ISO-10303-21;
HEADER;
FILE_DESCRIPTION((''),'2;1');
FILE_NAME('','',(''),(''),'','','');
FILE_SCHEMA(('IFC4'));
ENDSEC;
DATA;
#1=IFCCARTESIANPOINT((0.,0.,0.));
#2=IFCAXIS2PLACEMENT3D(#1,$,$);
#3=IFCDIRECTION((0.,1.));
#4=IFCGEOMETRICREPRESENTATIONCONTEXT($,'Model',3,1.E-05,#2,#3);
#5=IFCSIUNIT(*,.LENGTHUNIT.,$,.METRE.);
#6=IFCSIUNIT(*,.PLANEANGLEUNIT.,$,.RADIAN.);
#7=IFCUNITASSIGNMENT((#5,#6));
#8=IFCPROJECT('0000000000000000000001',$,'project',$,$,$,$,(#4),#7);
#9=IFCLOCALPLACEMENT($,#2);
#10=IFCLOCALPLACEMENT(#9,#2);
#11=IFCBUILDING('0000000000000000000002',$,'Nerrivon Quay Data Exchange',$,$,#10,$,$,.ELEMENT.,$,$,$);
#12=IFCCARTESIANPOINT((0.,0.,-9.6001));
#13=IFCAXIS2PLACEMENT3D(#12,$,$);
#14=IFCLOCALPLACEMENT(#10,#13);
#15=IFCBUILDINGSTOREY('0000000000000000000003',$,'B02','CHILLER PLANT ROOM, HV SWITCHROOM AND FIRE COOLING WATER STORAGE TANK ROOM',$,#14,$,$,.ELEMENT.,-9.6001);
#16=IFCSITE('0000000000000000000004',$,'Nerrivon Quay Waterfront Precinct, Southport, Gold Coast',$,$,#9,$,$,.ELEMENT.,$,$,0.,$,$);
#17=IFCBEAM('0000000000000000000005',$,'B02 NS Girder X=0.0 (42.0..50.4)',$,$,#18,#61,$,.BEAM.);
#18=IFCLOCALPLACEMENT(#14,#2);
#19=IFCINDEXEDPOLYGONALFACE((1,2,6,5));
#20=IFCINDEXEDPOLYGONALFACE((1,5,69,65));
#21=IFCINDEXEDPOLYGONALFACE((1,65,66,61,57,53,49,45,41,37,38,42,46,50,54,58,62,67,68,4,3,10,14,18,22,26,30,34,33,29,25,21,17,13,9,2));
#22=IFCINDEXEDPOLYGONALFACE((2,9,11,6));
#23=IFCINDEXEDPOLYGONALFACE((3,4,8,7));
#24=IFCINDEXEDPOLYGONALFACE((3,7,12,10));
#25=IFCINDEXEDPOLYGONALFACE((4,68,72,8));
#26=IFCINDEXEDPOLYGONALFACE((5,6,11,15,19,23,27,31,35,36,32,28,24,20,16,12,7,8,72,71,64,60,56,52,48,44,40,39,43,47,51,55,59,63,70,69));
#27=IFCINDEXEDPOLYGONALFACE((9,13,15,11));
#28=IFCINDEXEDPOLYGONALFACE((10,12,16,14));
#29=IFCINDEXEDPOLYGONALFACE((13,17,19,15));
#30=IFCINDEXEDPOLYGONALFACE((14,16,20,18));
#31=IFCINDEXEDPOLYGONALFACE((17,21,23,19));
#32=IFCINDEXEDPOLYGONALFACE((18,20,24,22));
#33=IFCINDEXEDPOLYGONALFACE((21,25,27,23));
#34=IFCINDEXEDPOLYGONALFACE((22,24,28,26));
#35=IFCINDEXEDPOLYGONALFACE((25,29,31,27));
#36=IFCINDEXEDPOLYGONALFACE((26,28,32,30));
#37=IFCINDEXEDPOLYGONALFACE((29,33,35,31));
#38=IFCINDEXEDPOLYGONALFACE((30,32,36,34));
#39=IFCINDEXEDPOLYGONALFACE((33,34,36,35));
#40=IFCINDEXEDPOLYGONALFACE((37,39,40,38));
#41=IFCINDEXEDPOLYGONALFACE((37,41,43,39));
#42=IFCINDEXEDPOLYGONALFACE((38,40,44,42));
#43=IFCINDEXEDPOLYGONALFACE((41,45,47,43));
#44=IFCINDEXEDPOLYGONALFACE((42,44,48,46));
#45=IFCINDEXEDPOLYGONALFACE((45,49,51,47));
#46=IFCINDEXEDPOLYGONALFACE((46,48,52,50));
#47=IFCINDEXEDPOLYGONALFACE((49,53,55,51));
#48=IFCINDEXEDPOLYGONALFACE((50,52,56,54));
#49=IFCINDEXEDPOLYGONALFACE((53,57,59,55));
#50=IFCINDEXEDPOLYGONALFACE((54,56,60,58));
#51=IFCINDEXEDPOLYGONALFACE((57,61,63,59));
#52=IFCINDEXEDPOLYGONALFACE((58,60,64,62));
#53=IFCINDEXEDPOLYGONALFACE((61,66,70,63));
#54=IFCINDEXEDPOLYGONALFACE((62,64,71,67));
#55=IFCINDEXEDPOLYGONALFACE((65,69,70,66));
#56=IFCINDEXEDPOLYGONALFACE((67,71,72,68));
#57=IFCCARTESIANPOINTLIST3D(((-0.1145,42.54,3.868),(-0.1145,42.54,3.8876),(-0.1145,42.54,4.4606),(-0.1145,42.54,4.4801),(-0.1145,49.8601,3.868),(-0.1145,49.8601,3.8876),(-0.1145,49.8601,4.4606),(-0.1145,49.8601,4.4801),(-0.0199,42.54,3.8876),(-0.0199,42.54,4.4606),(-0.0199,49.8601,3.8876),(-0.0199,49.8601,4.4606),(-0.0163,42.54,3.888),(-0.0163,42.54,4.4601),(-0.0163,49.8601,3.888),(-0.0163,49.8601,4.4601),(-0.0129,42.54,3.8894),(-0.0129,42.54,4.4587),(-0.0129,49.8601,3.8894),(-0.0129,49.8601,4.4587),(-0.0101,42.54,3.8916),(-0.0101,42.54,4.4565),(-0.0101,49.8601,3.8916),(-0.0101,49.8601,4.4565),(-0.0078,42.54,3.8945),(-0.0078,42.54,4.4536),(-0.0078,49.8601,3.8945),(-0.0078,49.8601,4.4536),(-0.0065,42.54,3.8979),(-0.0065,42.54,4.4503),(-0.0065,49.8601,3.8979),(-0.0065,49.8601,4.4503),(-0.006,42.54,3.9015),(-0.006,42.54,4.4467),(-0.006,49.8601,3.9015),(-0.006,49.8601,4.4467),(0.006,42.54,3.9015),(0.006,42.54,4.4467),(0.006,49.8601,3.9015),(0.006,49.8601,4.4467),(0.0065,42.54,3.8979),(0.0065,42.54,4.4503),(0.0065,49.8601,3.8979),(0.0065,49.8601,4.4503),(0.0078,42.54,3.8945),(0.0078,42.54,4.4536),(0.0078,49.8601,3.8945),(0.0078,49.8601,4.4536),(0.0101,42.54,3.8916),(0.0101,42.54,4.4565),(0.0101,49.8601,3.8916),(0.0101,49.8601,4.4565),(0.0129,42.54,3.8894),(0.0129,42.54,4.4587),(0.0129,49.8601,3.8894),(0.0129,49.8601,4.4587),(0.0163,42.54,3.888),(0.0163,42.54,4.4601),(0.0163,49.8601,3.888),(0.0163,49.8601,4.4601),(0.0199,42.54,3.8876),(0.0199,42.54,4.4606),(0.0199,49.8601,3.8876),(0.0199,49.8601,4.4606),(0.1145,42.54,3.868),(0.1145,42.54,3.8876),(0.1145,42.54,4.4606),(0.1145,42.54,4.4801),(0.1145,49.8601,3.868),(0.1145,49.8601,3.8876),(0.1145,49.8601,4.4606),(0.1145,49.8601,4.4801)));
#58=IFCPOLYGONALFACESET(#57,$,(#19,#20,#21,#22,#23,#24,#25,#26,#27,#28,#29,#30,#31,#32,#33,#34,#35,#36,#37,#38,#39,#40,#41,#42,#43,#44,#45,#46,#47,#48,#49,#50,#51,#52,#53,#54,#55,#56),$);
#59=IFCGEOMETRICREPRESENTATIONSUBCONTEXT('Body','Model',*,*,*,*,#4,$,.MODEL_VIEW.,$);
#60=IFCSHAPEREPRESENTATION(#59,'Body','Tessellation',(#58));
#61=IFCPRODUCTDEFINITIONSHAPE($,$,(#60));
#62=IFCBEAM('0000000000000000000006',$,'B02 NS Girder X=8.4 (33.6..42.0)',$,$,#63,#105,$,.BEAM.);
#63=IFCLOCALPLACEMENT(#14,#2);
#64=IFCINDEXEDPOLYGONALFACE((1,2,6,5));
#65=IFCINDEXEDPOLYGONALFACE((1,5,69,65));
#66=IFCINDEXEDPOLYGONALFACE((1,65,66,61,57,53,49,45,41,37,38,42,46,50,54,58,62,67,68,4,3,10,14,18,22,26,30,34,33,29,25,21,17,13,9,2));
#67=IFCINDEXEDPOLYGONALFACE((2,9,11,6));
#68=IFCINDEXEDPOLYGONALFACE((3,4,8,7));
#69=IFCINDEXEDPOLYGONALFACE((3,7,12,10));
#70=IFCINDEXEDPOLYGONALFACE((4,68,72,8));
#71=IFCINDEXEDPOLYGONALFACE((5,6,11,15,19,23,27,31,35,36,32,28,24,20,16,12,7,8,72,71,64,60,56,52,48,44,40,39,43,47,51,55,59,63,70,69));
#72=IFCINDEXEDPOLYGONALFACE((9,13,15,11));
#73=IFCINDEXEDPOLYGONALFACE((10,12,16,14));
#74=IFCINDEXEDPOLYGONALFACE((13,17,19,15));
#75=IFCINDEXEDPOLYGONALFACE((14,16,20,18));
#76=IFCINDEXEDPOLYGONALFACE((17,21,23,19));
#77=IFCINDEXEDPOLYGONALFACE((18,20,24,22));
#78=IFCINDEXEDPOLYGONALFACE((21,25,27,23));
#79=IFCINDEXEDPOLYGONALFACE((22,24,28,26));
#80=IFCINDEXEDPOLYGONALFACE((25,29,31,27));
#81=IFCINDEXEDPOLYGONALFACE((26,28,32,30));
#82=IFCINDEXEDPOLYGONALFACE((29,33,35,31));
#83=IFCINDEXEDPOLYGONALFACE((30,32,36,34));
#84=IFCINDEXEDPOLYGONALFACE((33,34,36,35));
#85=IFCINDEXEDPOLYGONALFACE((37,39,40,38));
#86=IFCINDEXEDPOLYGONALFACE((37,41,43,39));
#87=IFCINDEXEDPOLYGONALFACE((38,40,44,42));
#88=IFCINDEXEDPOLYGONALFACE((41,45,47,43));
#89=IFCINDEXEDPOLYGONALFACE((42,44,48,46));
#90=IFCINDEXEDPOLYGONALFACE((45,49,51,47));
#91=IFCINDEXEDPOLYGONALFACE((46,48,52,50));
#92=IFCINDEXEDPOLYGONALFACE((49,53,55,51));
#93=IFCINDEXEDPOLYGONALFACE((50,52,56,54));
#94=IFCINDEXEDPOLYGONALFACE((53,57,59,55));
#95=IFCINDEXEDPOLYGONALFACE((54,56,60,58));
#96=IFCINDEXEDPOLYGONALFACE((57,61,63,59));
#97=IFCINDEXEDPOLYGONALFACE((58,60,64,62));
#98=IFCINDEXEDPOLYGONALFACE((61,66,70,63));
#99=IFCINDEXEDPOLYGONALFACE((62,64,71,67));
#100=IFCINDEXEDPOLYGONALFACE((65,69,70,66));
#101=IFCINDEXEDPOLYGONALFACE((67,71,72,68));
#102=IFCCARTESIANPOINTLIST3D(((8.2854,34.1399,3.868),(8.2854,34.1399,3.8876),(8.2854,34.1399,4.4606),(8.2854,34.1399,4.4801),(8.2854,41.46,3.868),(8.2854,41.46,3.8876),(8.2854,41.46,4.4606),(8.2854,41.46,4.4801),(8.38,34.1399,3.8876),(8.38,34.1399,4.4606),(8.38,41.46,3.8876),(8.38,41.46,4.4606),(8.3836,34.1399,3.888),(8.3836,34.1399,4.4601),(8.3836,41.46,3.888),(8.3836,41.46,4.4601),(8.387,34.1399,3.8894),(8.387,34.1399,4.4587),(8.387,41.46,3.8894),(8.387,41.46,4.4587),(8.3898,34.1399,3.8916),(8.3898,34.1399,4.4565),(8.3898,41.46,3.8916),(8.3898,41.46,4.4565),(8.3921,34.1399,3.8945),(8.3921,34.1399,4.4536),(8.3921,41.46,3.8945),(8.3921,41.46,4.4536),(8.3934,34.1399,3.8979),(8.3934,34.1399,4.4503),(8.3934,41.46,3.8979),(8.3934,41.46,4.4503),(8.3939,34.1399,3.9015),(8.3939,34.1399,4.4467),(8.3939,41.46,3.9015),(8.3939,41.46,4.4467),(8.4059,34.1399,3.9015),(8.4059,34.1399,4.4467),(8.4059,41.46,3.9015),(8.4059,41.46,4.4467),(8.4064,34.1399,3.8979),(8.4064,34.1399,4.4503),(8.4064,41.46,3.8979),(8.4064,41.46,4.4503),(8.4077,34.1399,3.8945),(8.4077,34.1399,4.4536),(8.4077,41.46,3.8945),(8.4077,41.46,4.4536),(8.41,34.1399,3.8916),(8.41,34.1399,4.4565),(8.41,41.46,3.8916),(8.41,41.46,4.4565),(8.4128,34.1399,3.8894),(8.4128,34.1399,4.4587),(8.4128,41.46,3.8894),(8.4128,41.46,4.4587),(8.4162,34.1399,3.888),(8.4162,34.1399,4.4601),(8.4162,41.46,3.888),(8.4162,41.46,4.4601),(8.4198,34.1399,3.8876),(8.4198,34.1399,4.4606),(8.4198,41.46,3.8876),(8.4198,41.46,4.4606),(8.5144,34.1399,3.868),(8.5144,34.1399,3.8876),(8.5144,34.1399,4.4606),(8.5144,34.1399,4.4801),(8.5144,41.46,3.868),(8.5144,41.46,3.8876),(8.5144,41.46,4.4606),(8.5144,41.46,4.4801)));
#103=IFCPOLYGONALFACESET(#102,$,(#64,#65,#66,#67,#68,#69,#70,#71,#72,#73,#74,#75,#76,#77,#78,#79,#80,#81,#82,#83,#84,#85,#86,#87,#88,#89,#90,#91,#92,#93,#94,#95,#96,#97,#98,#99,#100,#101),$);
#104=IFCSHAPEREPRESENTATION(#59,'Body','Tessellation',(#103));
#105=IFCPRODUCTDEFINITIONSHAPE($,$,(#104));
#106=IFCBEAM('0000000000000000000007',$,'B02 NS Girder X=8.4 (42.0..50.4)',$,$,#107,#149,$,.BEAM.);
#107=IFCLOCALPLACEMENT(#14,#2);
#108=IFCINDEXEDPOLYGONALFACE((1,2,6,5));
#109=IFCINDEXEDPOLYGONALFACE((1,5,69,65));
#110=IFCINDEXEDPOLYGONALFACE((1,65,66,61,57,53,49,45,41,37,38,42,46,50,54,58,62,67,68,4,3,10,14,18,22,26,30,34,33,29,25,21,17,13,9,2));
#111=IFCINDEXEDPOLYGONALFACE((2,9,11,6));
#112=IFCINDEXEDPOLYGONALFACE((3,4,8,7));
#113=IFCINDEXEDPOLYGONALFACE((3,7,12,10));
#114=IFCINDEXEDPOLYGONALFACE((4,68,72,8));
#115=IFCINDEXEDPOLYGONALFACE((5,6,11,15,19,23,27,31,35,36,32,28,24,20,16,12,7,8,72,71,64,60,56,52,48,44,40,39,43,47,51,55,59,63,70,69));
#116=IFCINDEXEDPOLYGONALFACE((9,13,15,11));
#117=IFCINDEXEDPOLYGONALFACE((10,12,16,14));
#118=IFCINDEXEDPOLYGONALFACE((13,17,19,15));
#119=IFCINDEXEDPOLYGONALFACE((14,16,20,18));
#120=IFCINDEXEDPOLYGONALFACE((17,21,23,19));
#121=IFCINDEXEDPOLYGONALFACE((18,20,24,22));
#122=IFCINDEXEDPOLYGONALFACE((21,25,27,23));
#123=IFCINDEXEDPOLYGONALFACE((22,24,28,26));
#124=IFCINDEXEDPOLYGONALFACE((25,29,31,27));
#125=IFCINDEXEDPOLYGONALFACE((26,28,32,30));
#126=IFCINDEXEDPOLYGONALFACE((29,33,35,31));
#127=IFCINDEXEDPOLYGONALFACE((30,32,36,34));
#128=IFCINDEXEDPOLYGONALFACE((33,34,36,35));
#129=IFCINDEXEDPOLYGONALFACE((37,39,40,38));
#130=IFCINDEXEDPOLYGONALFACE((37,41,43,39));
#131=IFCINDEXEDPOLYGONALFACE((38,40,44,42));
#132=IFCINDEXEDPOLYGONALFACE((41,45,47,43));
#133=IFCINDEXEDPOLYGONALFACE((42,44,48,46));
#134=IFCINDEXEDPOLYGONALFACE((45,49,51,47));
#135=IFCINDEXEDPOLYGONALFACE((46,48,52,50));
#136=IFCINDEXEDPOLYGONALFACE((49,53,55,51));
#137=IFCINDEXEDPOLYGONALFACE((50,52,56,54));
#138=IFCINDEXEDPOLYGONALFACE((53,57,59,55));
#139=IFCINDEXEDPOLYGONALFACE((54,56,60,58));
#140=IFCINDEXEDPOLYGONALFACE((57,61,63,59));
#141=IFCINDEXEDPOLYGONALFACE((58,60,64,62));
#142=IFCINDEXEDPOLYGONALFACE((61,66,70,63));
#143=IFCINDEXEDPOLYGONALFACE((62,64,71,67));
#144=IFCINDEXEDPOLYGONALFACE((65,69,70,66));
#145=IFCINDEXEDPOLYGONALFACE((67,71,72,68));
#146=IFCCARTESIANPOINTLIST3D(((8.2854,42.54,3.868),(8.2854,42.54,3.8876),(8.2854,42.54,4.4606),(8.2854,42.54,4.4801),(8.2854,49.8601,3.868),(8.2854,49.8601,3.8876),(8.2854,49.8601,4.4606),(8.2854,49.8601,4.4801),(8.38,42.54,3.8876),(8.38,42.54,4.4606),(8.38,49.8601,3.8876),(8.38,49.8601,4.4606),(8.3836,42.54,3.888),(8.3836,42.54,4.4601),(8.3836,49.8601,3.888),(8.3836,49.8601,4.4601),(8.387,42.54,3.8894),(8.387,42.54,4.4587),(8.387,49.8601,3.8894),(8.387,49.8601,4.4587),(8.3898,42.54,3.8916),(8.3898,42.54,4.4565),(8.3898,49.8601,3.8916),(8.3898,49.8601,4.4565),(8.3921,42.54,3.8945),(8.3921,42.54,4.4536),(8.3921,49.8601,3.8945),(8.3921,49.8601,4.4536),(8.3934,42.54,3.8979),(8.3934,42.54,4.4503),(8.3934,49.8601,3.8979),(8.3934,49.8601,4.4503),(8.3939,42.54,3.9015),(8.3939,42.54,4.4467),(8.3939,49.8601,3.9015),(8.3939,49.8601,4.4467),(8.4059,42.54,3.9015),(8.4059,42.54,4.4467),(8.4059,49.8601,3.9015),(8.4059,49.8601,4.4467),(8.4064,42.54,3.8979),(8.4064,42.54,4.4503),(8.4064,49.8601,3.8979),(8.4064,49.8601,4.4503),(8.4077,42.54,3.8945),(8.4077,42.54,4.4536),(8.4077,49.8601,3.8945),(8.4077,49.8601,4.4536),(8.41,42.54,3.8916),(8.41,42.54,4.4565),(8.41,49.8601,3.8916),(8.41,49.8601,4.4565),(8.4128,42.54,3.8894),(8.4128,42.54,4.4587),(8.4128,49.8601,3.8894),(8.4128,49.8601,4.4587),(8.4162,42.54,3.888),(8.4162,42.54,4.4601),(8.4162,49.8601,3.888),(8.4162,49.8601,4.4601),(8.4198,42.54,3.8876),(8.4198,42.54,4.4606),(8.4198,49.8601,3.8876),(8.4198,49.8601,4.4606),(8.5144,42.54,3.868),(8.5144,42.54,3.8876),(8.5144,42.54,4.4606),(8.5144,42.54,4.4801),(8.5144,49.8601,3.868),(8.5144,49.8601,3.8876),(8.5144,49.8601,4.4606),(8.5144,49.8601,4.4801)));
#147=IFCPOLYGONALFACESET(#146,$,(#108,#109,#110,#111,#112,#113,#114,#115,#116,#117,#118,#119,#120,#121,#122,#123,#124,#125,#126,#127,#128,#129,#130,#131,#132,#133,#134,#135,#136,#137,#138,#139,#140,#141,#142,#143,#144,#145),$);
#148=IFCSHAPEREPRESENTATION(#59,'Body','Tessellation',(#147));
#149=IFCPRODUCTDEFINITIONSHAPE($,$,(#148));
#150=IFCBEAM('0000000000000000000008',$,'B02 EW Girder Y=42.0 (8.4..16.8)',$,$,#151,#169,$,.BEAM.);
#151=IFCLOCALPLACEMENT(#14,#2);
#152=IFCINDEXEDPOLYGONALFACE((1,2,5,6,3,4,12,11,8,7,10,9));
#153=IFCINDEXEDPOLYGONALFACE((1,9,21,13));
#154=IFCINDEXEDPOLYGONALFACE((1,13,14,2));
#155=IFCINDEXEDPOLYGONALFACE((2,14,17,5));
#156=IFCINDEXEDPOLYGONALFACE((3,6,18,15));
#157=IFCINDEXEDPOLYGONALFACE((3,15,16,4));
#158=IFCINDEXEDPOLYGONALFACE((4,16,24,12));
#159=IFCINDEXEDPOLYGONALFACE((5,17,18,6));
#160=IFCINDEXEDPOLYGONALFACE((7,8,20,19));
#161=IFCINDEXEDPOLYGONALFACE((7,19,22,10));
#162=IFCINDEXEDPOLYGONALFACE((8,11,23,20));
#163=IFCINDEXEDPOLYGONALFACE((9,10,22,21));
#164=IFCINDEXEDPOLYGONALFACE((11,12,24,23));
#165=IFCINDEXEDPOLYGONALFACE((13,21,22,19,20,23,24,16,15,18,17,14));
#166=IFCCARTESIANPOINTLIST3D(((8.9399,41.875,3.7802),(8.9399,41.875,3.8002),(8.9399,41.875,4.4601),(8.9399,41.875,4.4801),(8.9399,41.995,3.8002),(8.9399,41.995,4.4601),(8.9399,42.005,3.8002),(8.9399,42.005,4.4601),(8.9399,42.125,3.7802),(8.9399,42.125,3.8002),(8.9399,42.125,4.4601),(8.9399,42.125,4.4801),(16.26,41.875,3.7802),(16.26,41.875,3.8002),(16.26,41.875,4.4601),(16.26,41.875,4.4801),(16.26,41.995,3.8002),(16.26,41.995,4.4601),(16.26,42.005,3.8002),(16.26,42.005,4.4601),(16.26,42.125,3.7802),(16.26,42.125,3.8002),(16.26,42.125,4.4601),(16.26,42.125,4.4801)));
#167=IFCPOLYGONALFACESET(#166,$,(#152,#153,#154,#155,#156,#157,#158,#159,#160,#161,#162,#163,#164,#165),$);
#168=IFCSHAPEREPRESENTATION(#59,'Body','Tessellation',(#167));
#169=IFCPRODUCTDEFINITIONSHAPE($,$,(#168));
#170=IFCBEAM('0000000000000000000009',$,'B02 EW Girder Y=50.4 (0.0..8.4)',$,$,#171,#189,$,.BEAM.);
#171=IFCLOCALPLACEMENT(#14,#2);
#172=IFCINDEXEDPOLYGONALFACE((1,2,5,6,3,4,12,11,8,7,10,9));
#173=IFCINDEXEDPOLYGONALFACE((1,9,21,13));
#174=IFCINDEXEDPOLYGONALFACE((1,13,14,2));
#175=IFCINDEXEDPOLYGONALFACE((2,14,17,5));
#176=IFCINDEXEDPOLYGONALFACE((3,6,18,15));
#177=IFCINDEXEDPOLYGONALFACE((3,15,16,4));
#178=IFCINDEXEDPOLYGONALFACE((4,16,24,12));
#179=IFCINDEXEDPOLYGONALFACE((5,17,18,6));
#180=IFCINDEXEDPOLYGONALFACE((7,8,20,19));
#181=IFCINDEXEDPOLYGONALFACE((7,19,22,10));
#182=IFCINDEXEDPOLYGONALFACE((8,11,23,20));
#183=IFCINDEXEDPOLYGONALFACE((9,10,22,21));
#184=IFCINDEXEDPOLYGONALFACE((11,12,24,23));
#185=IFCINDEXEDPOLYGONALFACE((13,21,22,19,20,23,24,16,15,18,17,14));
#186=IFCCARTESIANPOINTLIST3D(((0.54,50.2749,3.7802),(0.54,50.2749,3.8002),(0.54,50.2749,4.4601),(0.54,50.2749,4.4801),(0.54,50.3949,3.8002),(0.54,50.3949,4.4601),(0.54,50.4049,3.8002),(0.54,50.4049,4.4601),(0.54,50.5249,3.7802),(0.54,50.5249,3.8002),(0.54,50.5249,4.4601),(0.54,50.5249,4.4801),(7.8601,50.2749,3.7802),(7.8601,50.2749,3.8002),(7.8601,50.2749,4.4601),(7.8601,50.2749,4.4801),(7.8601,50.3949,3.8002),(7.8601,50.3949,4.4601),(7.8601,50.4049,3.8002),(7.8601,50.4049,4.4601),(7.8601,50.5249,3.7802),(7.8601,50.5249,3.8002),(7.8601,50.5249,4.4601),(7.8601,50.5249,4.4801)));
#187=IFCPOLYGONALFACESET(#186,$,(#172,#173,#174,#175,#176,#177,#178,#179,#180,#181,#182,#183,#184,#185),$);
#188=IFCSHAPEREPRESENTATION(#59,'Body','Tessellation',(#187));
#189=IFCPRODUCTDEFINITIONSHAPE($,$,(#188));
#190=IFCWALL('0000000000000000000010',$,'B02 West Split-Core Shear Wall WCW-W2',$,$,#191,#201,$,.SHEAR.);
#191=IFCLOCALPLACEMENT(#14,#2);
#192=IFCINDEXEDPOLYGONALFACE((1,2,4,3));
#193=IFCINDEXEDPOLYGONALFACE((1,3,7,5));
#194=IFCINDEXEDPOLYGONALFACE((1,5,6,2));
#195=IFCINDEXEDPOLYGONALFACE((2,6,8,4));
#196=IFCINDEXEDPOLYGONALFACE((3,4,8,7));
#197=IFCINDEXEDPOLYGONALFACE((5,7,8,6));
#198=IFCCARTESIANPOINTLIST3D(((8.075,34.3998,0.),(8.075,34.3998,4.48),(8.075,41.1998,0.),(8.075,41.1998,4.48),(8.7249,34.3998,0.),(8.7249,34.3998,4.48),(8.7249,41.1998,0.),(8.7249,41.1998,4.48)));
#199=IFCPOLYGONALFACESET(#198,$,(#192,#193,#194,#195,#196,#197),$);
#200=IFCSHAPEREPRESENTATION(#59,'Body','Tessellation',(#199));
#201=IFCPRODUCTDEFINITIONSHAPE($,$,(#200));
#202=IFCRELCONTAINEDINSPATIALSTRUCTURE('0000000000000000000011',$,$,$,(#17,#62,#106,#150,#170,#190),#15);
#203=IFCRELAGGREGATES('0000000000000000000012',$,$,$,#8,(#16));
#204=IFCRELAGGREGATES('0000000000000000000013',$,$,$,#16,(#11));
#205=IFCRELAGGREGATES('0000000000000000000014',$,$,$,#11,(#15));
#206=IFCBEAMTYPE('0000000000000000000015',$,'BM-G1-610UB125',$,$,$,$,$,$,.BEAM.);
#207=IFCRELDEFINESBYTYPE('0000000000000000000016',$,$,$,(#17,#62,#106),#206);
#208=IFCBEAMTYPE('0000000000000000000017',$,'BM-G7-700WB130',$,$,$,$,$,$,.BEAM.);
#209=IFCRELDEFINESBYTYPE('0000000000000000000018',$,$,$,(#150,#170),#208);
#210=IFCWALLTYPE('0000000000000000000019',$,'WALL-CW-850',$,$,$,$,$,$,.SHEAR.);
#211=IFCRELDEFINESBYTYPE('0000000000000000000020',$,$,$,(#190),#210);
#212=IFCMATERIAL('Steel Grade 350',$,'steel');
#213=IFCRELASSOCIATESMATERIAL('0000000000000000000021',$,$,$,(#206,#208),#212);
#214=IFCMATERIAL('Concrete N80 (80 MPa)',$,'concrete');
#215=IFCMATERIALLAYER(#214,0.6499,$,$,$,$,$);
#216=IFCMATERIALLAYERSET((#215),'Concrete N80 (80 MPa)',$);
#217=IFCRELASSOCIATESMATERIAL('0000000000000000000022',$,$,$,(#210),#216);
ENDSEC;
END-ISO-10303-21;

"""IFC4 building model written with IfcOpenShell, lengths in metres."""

from ifc_helpers import new_model, si_unit, direction, frame, frame_2d, origin, origin_2d, place, context, subcontext, project, spatial, rectangle, i_section, extrude, material, layer, layer_set, material_profile, profile_set, type_object, element, save


model = new_model("IFC4")

# Units and contexts
model_context = context("Model", 3, precision=1e-05, world=origin(), true_north=direction((0.0, 1.0)))
body_context = subcontext(model_context, "Body", "Model", "MODEL_VIEW")
ifc_project = project(units=[si_unit("LENGTHUNIT", "METRE"), si_unit("PLANEANGLEUNIT", "RADIAN")], contexts=[model_context])

# Site, building, storey
site_placement = place(None, origin())
site = spatial("IfcSite", under=ifc_project, at=site_placement, Name="Nerrivon Quay Waterfront Precinct, Southport, Gold Coast", CompositionType="ELEMENT", RefElevation=0.0)
building_placement = place(site_placement, origin())
building = spatial("IfcBuilding", under=site, at=building_placement, Name="Nerrivon Quay Data Exchange", CompositionType="ELEMENT")
storey_placement = place(building_placement, frame((0.0, 0.0, -9.6001)))
storey = spatial("IfcBuildingStorey", under=building, at=storey_placement, Name="B02", Description="CHILLER PLANT ROOM, HV SWITCHROOM AND FIRE COOLING WATER STORAGE TANK ROOM", CompositionType="ELEMENT", Elevation=-9.6001)

# Shared definitions
ifc_material_1 = material(Name="Concrete N80 (80 MPa)", Category="concrete")

# Beams
ifc_material_2 = material(Name="Steel Grade 350", Category="steel")
ifc_material_profile_1 = material_profile(ifc_material_2, i_section(OverallWidth=0.229, OverallDepth=0.6121, WebThickness=0.012, FlangeThickness=0.0195, FilletRadius=0.0139, at=origin_2d()), Name="610UB125")
ifc_profile_set_1 = profile_set([ifc_material_profile_1], Name="Steel Grade 350")
beam_type_1 = type_object("IfcBeamType", Name="BM-G1-610UB125", PredefinedType="BEAM", material=ifc_profile_set_1)
for number, where, z_axis, x_axis, name in (
    (1, (0.0, 42.54, 4.1741), (0.0, 1.0, 0.0), (-1.0, 0.0, 0.0), "B02 NS Girder X=0.0 (42.0..50.4)"),
    (2, (8.3999, 34.1399, 4.1741), (0.0, 1.0, 0.0), (-1.0, 0.0, 0.0), "B02 NS Girder X=8.4 (33.6..42.0)"),
    (3, (8.3999, 42.54, 4.1741), (0.0, 1.0, 0.0), (-1.0, 0.0, 0.0), "B02 NS Girder X=8.4 (42.0..50.4)"),
):
    element("IfcBeam", number, at=place(storey_placement, frame(where, z_axis=z_axis, x_axis=x_axis)), inside=storey, type_object=beam_type_1, Name=name, PredefinedType="BEAM", context=body_context, shape_type="SweptSolid", body=[
        extrude(i_section(OverallWidth=0.229, OverallDepth=0.6121, WebThickness=0.012, FlangeThickness=0.0195, FilletRadius=0.0139, at=origin_2d()), origin(), (0.0, 0.0, 1.0), 7.3201),
    ])
ifc_material_profile_2 = material_profile(ifc_material_2, i_section(OverallWidth=0.25, OverallDepth=0.7, WebThickness=0.01, FlangeThickness=0.02, at=origin_2d()), Name="700WB130")
ifc_profile_set_2 = profile_set([ifc_material_profile_2], Name="Steel Grade 350")
beam_type_2 = type_object("IfcBeamType", Name="BM-G7-700WB130", PredefinedType="BEAM", material=ifc_profile_set_2)
for number, where, z_axis, x_axis, name in (
    (4, (8.9399, 42.0, 4.1301), (1.0, 0.0, 0.0), (0.0, 1.0, 0.0), "B02 EW Girder Y=42.0 (8.4..16.8)"),
    (5, (0.54, 50.3999, 4.1301), (1.0, 0.0, 0.0), (0.0, 1.0, 0.0), "B02 EW Girder Y=50.4 (0.0..8.4)"),
):
    element("IfcBeam", number, at=place(storey_placement, frame(where, z_axis=z_axis, x_axis=x_axis)), inside=storey, type_object=beam_type_2, Name=name, PredefinedType="BEAM", context=body_context, shape_type="SweptSolid", body=[
        extrude(i_section(OverallWidth=0.25, OverallDepth=0.7, WebThickness=0.01, FlangeThickness=0.02, at=origin_2d()), origin(), (0.0, 0.0, 1.0), 7.3201),
    ])

# Wall
ifc_layer_1 = layer(ifc_material_1, 0.6499)
ifc_layer_set_1 = layer_set([ifc_layer_1], Name="Concrete N80 (80 MPa)")
wall_type_1 = type_object("IfcWallType", Name="WALL-CW-850", PredefinedType="SHEAR", material=ifc_layer_set_1)
wall_1_placement = place(storey_placement, frame((8.3999, 34.3999, 0.0), z_axis=(0.0, 0.0, 1.0), x_axis=(0.0, 1.0, 0.0)))
element("IfcWall", 6, at=wall_1_placement, inside=storey, type_object=wall_type_1, Name="B02 West Split-Core Shear Wall WCW-W2", PredefinedType="SHEAR", context=body_context, shape_type="SweptSolid", body=[
    extrude(rectangle(XDim=6.8, YDim=0.6499, at=frame_2d((3.3999, 0.0))), origin(), (0.0, 0.0, 1.0), 4.48),
])

save(model, "model.ifc")
